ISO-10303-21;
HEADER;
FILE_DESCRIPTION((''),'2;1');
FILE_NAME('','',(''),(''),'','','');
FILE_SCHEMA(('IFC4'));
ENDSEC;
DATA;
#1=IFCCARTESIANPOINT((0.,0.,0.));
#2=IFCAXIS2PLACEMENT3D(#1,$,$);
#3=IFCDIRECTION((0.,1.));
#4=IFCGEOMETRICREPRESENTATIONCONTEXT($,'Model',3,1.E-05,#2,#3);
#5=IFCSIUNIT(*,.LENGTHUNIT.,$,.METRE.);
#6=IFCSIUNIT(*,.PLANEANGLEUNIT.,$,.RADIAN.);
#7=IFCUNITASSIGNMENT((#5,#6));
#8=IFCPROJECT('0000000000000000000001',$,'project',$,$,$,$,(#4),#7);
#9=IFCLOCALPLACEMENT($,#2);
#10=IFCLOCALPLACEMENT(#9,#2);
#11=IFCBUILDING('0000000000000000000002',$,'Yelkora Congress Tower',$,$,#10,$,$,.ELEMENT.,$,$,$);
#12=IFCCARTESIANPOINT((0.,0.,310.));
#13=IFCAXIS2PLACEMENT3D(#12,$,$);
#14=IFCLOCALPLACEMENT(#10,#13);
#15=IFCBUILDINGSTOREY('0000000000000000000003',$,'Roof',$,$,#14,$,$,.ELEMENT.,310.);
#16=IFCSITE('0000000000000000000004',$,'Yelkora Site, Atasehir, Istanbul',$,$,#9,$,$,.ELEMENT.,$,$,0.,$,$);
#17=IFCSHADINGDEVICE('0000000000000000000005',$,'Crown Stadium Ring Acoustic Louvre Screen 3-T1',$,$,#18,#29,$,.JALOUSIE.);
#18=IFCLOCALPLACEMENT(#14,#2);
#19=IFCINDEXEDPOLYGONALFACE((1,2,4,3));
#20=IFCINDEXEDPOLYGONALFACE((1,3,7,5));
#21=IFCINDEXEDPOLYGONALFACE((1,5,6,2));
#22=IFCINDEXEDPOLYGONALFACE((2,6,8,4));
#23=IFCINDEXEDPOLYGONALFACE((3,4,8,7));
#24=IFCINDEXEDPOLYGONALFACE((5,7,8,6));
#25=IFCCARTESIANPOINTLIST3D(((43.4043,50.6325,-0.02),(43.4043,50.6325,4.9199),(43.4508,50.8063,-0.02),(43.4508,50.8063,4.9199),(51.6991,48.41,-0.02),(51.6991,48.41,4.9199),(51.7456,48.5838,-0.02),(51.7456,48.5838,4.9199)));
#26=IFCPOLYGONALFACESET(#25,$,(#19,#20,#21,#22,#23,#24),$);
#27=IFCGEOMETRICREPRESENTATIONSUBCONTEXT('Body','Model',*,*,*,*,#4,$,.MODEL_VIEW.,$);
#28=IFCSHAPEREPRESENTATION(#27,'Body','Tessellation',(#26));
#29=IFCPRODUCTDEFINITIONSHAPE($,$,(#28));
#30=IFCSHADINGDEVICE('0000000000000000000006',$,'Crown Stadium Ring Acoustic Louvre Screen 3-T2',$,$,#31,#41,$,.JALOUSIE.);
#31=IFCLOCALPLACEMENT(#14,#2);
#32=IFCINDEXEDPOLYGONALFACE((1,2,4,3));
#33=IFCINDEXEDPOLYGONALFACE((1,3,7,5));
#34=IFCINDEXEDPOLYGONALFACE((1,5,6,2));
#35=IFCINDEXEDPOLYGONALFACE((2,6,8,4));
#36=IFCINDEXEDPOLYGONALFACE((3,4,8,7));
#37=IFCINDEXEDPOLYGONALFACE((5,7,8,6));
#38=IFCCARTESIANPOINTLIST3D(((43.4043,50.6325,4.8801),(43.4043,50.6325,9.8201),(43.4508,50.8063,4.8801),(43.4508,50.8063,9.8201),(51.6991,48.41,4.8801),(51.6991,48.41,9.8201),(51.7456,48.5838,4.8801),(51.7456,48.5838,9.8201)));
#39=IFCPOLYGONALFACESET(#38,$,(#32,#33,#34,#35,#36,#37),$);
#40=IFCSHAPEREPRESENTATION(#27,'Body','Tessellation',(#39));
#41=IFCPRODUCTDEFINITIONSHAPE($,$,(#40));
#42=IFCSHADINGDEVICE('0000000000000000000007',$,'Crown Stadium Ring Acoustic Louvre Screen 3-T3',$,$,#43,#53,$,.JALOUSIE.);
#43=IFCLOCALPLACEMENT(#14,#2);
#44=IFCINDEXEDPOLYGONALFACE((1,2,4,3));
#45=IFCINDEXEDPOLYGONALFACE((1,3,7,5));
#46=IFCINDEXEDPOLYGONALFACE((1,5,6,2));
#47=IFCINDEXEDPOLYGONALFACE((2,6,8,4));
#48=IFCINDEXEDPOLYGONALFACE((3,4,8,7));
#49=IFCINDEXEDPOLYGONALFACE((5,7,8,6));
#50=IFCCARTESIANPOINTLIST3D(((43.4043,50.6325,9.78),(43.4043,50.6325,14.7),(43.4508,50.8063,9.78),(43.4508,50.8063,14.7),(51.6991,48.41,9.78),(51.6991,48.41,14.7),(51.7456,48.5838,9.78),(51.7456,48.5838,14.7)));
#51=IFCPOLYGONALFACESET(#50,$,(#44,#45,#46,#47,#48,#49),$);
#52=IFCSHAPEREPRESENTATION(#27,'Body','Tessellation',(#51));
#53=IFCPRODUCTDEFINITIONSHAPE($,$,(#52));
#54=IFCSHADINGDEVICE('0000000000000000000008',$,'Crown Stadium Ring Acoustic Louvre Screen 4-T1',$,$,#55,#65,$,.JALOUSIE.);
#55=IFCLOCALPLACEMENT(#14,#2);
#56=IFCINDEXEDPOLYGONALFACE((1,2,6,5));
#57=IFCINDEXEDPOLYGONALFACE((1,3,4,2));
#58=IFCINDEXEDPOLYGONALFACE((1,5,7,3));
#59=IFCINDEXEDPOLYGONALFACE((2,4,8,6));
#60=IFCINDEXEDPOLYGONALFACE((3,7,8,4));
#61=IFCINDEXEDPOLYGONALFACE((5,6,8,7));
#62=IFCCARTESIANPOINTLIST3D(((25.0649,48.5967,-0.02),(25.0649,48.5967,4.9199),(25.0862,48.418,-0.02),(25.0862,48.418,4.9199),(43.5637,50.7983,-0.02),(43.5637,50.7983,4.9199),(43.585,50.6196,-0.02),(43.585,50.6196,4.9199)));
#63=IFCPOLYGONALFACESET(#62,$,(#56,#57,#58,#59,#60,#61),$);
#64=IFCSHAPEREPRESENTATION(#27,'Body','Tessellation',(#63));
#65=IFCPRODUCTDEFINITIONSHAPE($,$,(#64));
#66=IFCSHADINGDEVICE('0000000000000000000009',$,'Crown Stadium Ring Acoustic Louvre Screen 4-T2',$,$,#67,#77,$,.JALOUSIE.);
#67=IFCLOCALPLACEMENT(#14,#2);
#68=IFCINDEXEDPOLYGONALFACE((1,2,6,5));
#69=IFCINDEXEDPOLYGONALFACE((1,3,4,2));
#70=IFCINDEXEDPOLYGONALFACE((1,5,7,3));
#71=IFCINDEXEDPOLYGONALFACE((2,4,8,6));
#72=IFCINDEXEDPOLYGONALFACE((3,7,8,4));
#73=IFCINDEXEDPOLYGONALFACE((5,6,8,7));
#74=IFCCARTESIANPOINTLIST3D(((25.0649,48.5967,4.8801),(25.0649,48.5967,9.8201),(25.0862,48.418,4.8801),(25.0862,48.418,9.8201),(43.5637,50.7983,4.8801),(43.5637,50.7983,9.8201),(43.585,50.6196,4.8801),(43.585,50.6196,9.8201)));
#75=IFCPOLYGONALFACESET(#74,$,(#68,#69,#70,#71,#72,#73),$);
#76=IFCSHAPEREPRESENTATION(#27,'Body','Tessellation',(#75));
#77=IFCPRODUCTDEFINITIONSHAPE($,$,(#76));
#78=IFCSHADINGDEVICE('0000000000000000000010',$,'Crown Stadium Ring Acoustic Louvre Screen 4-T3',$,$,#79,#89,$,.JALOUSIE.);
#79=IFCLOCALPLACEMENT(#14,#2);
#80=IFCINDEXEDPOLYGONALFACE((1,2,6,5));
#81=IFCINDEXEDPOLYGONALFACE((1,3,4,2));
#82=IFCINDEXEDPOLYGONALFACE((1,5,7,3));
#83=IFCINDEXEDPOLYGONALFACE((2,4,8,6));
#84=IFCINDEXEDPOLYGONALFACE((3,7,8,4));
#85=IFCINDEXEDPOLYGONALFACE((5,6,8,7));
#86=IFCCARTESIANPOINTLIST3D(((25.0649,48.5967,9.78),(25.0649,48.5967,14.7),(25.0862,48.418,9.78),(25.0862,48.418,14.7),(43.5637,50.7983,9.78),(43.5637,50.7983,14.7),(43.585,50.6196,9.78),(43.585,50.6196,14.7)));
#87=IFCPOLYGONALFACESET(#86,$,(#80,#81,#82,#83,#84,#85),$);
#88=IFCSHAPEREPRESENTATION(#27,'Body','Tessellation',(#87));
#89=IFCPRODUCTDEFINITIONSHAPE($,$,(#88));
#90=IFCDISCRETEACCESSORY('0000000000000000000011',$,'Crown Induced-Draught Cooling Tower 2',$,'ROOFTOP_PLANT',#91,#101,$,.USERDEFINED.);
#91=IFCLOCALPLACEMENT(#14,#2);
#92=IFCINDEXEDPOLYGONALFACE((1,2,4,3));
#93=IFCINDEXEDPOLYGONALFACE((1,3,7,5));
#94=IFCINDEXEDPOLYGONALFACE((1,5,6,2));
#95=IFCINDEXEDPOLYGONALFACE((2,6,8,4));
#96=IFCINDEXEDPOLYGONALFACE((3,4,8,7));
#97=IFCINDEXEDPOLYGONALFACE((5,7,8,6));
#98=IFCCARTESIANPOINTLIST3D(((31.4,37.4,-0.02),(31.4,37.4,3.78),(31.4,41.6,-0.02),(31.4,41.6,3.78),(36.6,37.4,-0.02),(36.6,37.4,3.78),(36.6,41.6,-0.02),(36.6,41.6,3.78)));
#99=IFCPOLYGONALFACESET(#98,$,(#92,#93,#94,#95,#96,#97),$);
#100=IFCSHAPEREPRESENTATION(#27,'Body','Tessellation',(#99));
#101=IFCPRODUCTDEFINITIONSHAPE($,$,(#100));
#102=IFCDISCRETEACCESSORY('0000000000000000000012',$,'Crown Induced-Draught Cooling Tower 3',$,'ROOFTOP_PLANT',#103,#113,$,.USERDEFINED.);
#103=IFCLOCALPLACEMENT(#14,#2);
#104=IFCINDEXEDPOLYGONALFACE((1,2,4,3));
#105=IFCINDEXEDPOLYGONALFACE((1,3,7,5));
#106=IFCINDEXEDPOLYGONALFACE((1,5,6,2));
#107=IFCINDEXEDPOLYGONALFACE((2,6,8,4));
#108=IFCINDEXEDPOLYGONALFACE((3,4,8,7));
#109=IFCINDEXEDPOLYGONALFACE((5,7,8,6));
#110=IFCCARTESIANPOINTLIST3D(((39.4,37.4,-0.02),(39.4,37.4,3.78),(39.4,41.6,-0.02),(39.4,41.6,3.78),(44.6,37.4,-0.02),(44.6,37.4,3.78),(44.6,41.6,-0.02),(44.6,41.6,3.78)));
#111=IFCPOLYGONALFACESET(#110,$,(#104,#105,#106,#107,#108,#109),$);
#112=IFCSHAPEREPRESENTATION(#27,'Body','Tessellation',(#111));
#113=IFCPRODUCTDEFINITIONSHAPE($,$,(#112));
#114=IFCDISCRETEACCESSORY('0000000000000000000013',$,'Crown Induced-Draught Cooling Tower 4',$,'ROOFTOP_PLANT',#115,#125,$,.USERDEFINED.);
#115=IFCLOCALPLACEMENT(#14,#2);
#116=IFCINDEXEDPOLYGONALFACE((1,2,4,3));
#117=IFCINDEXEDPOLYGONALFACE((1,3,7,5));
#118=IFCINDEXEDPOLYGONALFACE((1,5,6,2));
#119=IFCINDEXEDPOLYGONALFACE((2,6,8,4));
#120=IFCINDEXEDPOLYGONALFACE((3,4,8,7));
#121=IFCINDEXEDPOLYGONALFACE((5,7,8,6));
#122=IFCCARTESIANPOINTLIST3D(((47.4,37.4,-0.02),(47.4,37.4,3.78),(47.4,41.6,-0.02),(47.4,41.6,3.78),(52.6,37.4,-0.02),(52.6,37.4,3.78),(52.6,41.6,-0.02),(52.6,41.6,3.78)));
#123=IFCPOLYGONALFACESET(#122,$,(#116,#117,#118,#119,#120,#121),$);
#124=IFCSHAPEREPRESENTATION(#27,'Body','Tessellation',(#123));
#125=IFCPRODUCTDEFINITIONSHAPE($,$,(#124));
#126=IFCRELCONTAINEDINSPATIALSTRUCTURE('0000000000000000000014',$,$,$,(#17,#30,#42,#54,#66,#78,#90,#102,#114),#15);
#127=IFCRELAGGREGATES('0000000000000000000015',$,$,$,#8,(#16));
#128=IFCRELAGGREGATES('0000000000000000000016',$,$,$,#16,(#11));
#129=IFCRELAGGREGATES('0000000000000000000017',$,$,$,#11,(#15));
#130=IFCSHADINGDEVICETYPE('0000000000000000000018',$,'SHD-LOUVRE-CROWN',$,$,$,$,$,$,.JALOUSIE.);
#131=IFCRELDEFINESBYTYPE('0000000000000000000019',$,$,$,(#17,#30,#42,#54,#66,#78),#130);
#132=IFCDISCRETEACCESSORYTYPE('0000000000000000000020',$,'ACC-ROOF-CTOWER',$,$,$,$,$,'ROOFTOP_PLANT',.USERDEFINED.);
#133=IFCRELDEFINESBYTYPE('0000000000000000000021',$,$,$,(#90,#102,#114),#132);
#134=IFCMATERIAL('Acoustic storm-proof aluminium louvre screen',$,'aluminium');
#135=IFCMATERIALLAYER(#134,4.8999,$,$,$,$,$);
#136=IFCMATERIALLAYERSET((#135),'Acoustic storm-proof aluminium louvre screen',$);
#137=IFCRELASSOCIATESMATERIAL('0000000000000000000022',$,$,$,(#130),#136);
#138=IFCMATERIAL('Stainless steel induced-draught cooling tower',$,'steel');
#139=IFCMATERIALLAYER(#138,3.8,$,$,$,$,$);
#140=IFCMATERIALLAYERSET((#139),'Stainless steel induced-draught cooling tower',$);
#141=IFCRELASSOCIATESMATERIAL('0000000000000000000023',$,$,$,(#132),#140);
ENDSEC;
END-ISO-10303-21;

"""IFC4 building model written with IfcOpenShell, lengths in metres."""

from ifc_helpers import new_model, si_unit, direction, frame, origin, origin_2d, place, context, subcontext, project, spatial, rectangle, extrude, material, layer, layer_set, type_object, element, save


model = new_model("IFC4")

# Units and contexts
model_context = context("Model", 3, precision=1e-05, world=origin(), true_north=direction((0.0, 1.0)))
body_context = subcontext(model_context, "Body", "Model", "MODEL_VIEW")
ifc_project = project(units=[si_unit("LENGTHUNIT", "METRE"), si_unit("PLANEANGLEUNIT", "RADIAN")], contexts=[model_context])

# Site, building, storey
site_placement = place(None, origin())
site = spatial("IfcSite", under=ifc_project, at=site_placement, Name="Yelkora Site, Atasehir, Istanbul", CompositionType="ELEMENT", RefElevation=0.0)
building_placement = place(site_placement, origin())
building = spatial("IfcBuilding", under=site, at=building_placement, Name="Yelkora Congress Tower", CompositionType="ELEMENT")
storey_placement = place(building_placement, frame((0.0, 0.0, 310.0)))
storey = spatial("IfcBuildingStorey", under=building, at=storey_placement, Name="Roof", CompositionType="ELEMENT", Elevation=310.0)

# Shading devices
ifc_material_1 = material(Name="Acoustic storm-proof aluminium louvre screen", Category="aluminium")
ifc_layer_1 = layer(ifc_material_1, 4.8999)
ifc_layer_set_1 = layer_set([ifc_layer_1], Name="Acoustic storm-proof aluminium louvre screen")
shading_device_type = type_object("IfcShadingDeviceType", Name="SHD-LOUVRE-CROWN", PredefinedType="JALOUSIE", material=ifc_layer_set_1)
for number, where, z_axis, x_axis, name in (
    (1, (47.575, 49.6082, -0.02), (0.0, 0.0, 1.0), (-0.965926, 0.258819, 0.0), "Crown Stadium Ring Acoustic Louvre Screen 3-T1"),
    (2, (47.575, 49.6082, 4.8801), (0.0, 0.0, 1.0), (-0.965926, 0.258819, 0.0), "Crown Stadium Ring Acoustic Louvre Screen 3-T2"),
):
    element("IfcShadingDevice", number, at=place(storey_placement, frame(where, z_axis=z_axis, x_axis=x_axis)), inside=storey, type_object=shading_device_type, Name=name, PredefinedType="JALOUSIE", context=body_context, shape_type="SweptSolid", body=[
        extrude(rectangle(XDim=8.5874, YDim=0.1799, at=origin_2d()), origin(), (0.0, 0.0, 1.0), 4.9399),
    ])
shading_device_1_placement = place(storey_placement, frame((47.575, 49.6082, 9.78), z_axis=(0.0, 0.0, 1.0), x_axis=(-0.965926, 0.258819, 0.0)))
element("IfcShadingDevice", 3, at=shading_device_1_placement, inside=storey, type_object=shading_device_type, Name="Crown Stadium Ring Acoustic Louvre Screen 3-T3", PredefinedType="JALOUSIE", context=body_context, shape_type="SweptSolid", body=[
    extrude(rectangle(XDim=8.5874, YDim=0.1799, at=origin_2d()), origin(), (0.0, 0.0, 1.0), 4.9199),
])
for number, where, z_axis, x_axis, name in (
    (4, (34.325, 49.6082, -0.02), (0.0, 0.0, 1.0), (-0.992992, -0.118179, 0.0), "Crown Stadium Ring Acoustic Louvre Screen 4-T1"),
    (5, (34.325, 49.6082, 4.8801), (0.0, 0.0, 1.0), (-0.992992, -0.118179, 0.0), "Crown Stadium Ring Acoustic Louvre Screen 4-T2"),
):
    element("IfcShadingDevice", number, at=place(storey_placement, frame(where, z_axis=z_axis, x_axis=x_axis)), inside=storey, type_object=shading_device_type, Name=name, PredefinedType="JALOUSIE", context=body_context, shape_type="SweptSolid", body=[
        extrude(rectangle(XDim=18.6294, YDim=0.1799, at=origin_2d()), origin(), (0.0, 0.0, 1.0), 4.9399),
    ])
shading_device_2_placement = place(storey_placement, frame((34.325, 49.6082, 9.78), z_axis=(0.0, 0.0, 1.0), x_axis=(-0.992992, -0.118179, 0.0)))
element("IfcShadingDevice", 6, at=shading_device_2_placement, inside=storey, type_object=shading_device_type, Name="Crown Stadium Ring Acoustic Louvre Screen 4-T3", PredefinedType="JALOUSIE", context=body_context, shape_type="SweptSolid", body=[
    extrude(rectangle(XDim=18.6294, YDim=0.1799, at=origin_2d()), origin(), (0.0, 0.0, 1.0), 4.9199),
])

# Discrete accessories
ifc_material_2 = material(Name="Stainless steel induced-draught cooling tower", Category="steel")
ifc_layer_2 = layer(ifc_material_2, 3.8)
ifc_layer_set_2 = layer_set([ifc_layer_2], Name="Stainless steel induced-draught cooling tower")
discrete_accessory_type = type_object("IfcDiscreteAccessoryType", Name="ACC-ROOF-CTOWER", ElementType="ROOFTOP_PLANT", PredefinedType="USERDEFINED", material=ifc_layer_set_2)
for number, where, z_axis, x_axis, name in (
    (7, (34.0, 39.5, -0.02), (0.0, 0.0, 1.0), (1.0, 0.0, 0.0), "Crown Induced-Draught Cooling Tower 2"),
    (8, (42.0, 39.5, -0.02), (0.0, 0.0, 1.0), (1.0, 0.0, 0.0), "Crown Induced-Draught Cooling Tower 3"),
    (9, (50.0, 39.5, -0.02), (0.0, 0.0, 1.0), (1.0, 0.0, 0.0), "Crown Induced-Draught Cooling Tower 4"),
):
    element("IfcDiscreteAccessory", number, at=place(storey_placement, frame(where, z_axis=z_axis, x_axis=x_axis)), inside=storey, type_object=discrete_accessory_type, Name=name, ObjectType="ROOFTOP_PLANT", PredefinedType="USERDEFINED", context=body_context, shape_type="SweptSolid", body=[
        extrude(rectangle(XDim=5.2, YDim=4.2, at=origin_2d()), origin(), (0.0, 0.0, 1.0), 3.8),
    ])

save(model, "model.ifc")
